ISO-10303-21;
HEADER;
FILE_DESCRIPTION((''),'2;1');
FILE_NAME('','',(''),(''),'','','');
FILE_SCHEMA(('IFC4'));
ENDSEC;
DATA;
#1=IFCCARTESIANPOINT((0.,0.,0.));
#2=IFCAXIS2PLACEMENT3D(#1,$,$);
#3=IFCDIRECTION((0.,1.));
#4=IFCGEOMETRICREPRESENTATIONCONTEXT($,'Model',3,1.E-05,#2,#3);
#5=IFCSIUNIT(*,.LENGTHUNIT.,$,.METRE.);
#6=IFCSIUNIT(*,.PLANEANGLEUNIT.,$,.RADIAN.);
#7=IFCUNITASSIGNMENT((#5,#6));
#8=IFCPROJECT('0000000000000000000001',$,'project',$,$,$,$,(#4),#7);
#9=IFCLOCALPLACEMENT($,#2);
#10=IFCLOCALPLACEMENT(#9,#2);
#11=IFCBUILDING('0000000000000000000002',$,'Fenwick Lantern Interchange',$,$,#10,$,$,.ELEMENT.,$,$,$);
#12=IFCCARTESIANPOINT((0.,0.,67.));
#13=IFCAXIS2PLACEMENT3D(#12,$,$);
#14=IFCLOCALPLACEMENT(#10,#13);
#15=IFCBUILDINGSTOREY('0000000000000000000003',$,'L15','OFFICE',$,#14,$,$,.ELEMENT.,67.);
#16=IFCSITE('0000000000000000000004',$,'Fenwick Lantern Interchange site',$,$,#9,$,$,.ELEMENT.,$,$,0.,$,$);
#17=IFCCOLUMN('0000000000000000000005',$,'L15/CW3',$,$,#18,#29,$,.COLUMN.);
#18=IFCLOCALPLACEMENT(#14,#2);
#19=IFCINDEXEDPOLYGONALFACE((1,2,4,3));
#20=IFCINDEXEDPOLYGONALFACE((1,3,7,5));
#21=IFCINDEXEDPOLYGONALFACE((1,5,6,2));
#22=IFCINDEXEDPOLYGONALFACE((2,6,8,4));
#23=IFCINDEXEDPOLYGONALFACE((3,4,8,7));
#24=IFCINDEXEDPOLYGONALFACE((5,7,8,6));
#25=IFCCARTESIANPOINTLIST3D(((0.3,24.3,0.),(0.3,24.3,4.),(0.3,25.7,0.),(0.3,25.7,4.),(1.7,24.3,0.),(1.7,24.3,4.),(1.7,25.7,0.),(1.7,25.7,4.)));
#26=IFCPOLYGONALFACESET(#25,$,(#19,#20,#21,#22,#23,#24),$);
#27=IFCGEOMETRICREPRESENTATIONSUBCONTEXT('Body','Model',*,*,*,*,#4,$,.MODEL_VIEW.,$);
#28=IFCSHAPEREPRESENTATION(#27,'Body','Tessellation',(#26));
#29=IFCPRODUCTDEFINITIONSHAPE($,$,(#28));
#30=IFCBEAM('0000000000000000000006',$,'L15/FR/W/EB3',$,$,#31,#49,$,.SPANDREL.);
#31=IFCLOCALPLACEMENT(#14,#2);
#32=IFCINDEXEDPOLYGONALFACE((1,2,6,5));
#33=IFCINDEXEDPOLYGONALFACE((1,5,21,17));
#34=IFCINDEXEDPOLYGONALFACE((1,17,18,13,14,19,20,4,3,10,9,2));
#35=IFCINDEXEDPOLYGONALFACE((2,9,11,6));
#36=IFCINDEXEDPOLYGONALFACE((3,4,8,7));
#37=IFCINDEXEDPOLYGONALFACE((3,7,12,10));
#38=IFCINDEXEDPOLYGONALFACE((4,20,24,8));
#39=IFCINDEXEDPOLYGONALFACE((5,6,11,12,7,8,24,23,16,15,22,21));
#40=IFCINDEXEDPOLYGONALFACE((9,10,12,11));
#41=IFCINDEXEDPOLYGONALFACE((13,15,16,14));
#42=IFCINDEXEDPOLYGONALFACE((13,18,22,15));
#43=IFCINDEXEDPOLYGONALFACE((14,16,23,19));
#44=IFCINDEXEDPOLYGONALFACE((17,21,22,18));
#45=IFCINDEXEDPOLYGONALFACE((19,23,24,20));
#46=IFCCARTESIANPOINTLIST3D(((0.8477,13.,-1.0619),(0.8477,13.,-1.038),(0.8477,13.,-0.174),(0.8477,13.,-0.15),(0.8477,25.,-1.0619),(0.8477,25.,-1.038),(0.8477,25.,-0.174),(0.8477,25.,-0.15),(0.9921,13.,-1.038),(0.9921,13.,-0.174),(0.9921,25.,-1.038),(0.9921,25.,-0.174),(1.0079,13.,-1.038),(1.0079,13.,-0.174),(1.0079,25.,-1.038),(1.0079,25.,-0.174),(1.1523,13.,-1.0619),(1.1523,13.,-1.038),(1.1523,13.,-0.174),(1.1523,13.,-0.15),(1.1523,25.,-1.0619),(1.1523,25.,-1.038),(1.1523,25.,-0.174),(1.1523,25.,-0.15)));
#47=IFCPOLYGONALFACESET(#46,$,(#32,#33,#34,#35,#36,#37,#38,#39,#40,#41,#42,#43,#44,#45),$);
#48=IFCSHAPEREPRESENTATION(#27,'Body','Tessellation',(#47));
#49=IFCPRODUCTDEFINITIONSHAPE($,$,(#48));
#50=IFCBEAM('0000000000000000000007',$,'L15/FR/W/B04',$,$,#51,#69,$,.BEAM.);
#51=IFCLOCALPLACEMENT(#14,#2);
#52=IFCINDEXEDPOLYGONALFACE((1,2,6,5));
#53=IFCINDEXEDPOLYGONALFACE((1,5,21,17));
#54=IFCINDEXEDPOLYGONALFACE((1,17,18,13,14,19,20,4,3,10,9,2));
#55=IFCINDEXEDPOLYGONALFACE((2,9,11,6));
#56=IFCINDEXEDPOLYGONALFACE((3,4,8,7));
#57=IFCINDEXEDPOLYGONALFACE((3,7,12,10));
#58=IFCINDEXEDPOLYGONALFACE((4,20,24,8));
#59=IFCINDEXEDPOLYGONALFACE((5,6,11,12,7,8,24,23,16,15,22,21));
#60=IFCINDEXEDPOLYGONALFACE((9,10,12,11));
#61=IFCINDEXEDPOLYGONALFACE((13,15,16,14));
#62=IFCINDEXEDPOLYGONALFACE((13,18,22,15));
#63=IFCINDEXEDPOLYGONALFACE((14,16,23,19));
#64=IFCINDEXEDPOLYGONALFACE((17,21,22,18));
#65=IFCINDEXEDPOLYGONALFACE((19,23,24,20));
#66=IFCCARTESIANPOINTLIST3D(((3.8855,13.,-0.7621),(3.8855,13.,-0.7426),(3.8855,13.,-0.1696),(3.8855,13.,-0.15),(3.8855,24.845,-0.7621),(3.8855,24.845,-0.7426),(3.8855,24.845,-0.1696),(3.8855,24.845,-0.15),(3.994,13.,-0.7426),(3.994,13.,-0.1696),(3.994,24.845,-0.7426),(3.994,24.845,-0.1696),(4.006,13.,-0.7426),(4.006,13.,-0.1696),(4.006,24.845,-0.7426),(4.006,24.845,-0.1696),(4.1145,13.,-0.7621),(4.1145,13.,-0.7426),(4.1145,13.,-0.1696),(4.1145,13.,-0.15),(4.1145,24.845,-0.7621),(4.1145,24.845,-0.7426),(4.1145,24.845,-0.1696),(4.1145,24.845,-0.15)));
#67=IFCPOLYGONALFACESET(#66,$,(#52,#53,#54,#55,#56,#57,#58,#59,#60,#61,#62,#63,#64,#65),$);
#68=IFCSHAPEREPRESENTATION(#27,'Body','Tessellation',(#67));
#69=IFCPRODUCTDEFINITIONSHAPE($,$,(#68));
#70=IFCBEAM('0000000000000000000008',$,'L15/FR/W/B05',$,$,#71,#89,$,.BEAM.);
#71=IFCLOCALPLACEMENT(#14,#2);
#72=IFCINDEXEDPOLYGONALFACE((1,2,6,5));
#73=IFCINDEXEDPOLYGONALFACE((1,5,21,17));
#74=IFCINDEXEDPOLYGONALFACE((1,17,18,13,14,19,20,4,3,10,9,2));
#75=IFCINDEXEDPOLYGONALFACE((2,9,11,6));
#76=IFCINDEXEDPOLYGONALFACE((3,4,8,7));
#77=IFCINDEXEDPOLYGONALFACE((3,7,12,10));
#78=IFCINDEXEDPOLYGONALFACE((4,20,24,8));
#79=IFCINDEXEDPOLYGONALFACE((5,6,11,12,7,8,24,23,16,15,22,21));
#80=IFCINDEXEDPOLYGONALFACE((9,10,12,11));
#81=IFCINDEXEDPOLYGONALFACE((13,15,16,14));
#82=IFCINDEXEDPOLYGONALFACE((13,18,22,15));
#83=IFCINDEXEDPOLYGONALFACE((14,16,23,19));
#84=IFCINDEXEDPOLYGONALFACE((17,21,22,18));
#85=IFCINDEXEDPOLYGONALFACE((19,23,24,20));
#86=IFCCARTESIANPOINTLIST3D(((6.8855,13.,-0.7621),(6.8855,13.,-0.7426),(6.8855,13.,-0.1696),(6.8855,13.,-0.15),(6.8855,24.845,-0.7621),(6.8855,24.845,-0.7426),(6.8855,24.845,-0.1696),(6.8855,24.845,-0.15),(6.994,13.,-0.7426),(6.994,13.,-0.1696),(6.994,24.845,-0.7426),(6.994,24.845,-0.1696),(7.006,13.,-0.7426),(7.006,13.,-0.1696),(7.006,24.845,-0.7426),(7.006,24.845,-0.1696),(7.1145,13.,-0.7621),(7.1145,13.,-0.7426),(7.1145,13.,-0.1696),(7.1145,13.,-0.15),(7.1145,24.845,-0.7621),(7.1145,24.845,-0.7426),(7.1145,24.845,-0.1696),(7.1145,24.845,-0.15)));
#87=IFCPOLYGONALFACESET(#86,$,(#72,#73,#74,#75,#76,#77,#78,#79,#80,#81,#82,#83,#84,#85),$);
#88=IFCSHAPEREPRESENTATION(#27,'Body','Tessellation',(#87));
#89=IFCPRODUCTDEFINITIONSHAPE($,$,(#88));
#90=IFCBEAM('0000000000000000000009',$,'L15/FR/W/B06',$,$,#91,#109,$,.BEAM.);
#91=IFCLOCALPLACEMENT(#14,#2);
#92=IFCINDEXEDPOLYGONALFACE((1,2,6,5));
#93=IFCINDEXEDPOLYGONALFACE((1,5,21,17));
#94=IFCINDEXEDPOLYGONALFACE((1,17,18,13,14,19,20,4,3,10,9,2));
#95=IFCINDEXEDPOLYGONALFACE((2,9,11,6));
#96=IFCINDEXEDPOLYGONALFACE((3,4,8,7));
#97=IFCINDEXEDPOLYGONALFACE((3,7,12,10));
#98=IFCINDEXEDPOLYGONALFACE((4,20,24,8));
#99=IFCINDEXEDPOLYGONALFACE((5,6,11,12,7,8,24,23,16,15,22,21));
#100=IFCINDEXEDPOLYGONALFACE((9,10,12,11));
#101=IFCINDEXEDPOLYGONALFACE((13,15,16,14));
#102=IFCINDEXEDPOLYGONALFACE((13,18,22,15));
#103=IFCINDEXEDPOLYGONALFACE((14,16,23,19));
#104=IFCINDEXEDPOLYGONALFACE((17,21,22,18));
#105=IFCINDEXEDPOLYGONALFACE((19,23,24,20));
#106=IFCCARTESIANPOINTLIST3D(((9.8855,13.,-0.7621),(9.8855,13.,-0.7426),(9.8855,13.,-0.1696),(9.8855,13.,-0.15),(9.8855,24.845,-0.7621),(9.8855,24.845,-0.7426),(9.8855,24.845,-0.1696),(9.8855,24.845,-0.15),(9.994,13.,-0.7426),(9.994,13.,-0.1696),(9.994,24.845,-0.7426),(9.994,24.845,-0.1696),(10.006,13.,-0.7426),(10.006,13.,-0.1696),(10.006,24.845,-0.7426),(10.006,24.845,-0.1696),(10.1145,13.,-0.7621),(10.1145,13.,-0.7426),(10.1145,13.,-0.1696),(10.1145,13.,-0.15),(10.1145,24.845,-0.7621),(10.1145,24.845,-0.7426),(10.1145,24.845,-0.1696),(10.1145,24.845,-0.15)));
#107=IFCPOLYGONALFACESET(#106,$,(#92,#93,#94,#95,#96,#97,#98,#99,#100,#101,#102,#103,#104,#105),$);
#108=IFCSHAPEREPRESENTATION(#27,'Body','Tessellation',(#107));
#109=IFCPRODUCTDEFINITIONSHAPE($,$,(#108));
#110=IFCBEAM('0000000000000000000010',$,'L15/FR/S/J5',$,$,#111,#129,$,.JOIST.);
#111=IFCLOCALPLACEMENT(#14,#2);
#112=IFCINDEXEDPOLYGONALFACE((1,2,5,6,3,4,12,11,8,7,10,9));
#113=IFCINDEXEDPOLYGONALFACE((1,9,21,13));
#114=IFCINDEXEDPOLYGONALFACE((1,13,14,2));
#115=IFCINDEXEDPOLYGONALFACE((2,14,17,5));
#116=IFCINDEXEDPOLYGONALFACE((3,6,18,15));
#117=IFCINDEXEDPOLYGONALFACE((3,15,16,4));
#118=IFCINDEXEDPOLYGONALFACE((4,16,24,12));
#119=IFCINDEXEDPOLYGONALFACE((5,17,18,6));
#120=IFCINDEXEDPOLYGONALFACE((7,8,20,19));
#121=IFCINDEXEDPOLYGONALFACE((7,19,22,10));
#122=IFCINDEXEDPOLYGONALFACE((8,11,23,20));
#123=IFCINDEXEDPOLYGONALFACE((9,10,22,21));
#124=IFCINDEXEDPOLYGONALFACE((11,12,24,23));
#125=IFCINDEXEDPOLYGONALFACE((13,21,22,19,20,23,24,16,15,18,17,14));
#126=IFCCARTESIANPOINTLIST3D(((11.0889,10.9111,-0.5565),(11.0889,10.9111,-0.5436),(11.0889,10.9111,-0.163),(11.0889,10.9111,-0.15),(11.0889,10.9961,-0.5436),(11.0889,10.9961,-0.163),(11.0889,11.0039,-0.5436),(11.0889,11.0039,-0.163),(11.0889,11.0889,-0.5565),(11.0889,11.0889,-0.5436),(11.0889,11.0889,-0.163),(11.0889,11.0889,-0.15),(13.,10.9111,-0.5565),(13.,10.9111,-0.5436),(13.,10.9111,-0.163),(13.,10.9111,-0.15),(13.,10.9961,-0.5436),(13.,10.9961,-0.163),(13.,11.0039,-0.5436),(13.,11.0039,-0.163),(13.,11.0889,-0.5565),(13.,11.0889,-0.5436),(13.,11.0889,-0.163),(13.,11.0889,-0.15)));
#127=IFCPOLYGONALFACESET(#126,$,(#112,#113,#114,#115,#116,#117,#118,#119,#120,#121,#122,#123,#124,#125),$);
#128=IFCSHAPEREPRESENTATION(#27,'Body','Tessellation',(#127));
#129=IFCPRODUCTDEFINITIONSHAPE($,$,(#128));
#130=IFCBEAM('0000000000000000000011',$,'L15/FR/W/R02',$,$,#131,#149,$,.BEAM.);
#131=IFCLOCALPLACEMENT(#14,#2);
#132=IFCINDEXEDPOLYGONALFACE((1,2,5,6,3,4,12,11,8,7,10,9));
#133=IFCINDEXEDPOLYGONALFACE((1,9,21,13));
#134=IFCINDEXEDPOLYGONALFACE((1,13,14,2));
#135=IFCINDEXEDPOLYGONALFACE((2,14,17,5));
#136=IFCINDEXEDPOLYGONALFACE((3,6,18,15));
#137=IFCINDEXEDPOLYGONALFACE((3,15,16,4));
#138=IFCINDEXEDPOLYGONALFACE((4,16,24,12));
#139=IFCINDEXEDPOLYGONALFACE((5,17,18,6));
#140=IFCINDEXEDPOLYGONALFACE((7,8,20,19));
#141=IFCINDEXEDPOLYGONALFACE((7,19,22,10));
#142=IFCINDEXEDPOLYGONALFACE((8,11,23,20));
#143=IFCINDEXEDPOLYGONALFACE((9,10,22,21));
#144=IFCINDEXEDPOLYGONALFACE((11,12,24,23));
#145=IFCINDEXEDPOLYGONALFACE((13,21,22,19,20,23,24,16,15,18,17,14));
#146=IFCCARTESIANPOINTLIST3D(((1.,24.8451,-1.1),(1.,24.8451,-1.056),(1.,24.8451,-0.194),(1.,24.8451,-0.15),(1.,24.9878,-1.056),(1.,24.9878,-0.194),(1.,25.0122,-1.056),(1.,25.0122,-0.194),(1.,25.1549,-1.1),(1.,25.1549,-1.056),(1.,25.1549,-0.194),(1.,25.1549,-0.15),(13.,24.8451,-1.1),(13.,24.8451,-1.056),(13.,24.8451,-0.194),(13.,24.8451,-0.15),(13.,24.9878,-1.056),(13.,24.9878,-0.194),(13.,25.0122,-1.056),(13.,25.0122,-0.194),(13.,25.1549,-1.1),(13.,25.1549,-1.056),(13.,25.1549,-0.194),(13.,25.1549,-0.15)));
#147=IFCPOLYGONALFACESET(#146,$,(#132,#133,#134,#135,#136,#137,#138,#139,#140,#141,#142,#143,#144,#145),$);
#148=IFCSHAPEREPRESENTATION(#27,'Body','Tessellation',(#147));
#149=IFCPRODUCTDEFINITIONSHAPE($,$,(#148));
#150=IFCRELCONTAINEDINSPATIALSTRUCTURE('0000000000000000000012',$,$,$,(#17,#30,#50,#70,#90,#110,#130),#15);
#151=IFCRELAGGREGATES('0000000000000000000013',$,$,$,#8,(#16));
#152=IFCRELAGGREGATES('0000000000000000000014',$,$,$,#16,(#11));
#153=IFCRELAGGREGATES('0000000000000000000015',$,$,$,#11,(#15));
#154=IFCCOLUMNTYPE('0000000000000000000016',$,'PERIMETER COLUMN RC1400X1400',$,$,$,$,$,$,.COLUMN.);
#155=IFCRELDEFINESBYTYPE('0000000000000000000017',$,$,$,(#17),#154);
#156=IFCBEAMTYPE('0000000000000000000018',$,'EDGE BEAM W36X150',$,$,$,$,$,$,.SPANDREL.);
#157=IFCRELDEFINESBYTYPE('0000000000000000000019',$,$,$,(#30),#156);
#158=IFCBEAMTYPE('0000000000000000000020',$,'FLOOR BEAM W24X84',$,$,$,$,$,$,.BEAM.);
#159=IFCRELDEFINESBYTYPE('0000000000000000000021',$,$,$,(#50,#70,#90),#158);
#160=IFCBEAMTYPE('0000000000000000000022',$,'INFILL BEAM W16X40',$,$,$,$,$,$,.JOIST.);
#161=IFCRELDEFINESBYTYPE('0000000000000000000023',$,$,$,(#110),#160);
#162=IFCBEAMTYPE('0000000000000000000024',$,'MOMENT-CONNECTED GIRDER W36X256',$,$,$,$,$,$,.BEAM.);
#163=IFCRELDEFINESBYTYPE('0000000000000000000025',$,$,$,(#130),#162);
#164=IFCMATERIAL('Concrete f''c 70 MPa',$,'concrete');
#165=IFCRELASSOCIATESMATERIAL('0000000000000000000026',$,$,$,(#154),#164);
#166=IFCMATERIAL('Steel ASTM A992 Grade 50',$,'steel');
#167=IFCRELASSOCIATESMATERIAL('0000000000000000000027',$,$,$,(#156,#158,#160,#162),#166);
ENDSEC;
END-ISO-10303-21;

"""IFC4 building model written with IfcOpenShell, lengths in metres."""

from ifc_helpers import new_model, si_unit, direction, frame, origin, origin_2d, place, context, subcontext, project, spatial, rectangle, i_section, extrude, material, material_profile, profile_set, type_object, element, save


model = new_model("IFC4")

# Units and contexts
model_context = context("Model", 3, precision=1e-05, world=origin(), true_north=direction((0.0, 1.0)))
body_context = subcontext(model_context, "Body", "Model", "MODEL_VIEW")
ifc_project = project(units=[si_unit("LENGTHUNIT", "METRE"), si_unit("PLANEANGLEUNIT", "RADIAN")], contexts=[model_context])

# Site, building, storey
site_placement = place(None, origin())
site = spatial("IfcSite", under=ifc_project, at=site_placement, Name="Fenwick Lantern Interchange site", CompositionType="ELEMENT", RefElevation=0.0)
building_placement = place(site_placement, origin())
building = spatial("IfcBuilding", under=site, at=building_placement, Name="Fenwick Lantern Interchange", CompositionType="ELEMENT")
storey_placement = place(building_placement, frame((0.0, 0.0, 67.0)))
storey = spatial("IfcBuildingStorey", under=building, at=storey_placement, Name="L15", Description="OFFICE", CompositionType="ELEMENT", Elevation=67.0)

# Column
ifc_material_1 = material(Name="Concrete f'c 70 MPa", Category="concrete")
ifc_material_profile_1 = material_profile(ifc_material_1, rectangle(XDim=1.3999, YDim=1.3999, at=origin_2d()), Name="RC1400X1400")
ifc_profile_set_1 = profile_set([ifc_material_profile_1], Name="Concrete f'c 70 MPa")
column_type = type_object("IfcColumnType", Name="PERIMETER COLUMN RC1400X1400", PredefinedType="COLUMN", material=ifc_profile_set_1)
column_placement = place(storey_placement, frame((1.0, 25.0, 0.0), z_axis=(0.0, 0.0, 1.0), x_axis=(1.0, 0.0, 0.0)))
element("IfcColumn", 1, at=column_placement, inside=storey, type_object=column_type, Name="L15/CW3", PredefinedType="COLUMN", context=body_context, shape_type="SweptSolid", body=[
    extrude(rectangle(XDim=1.3999, YDim=1.3999, at=origin_2d()), origin(), (0.0, 0.0, 1.0), 4.0),
])

# Beams
ifc_material_2 = material(Name="Steel ASTM A992 Grade 50", Category="steel")
ifc_material_profile_2 = material_profile(ifc_material_2, i_section(OverallWidth=0.3047, OverallDepth=0.9119, WebThickness=0.0159, FlangeThickness=0.0239, at=origin_2d()), Name="W36X150")
ifc_profile_set_2 = profile_set([ifc_material_profile_2], Name="Steel ASTM A992 Grade 50")
beam_type_1 = type_object("IfcBeamType", Name="EDGE BEAM W36X150", PredefinedType="SPANDREL", material=ifc_profile_set_2)
beam_1_placement = place(storey_placement, frame((1.0, 25.0, -0.606), z_axis=(0.0, -1.0, 0.0), x_axis=(1.0, 0.0, 0.0)))
element("IfcBeam", 2, at=beam_1_placement, inside=storey, type_object=beam_type_1, Name="L15/FR/W/EB3", PredefinedType="SPANDREL", context=body_context, shape_type="SweptSolid", body=[
    extrude(i_section(OverallWidth=0.3047, OverallDepth=0.9119, WebThickness=0.0159, FlangeThickness=0.0239, at=origin_2d()), origin(), (0.0, 0.0, 1.0), 12.0),
])
ifc_material_profile_3 = material_profile(ifc_material_2, i_section(OverallWidth=0.229, OverallDepth=0.6121, WebThickness=0.012, FlangeThickness=0.0195, at=origin_2d()), Name="W24X84")
ifc_profile_set_3 = profile_set([ifc_material_profile_3], Name="Steel ASTM A992 Grade 50")
beam_type_2 = type_object("IfcBeamType", Name="FLOOR BEAM W24X84", PredefinedType="BEAM", material=ifc_profile_set_3)
for number, where, z_axis, x_axis, name in (
    (3, (4.0, 24.845, -0.4561), (0.0, -1.0, 0.0), (1.0, 0.0, 0.0), "L15/FR/W/B04"),
    (4, (7.0, 24.845, -0.4561), (0.0, -1.0, 0.0), (1.0, 0.0, 0.0), "L15/FR/W/B05"),
    (5, (10.0, 24.845, -0.4561), (0.0, -1.0, 0.0), (1.0, 0.0, 0.0), "L15/FR/W/B06"),
):
    element("IfcBeam", number, at=place(storey_placement, frame(where, z_axis=z_axis, x_axis=x_axis)), inside=storey, type_object=beam_type_2, Name=name, PredefinedType="BEAM", context=body_context, shape_type="SweptSolid", body=[
        extrude(i_section(OverallWidth=0.229, OverallDepth=0.6121, WebThickness=0.012, FlangeThickness=0.0195, at=origin_2d()), origin(), (0.0, 0.0, 1.0), 11.845),
    ])
ifc_material_profile_4 = material_profile(ifc_material_2, i_section(OverallWidth=0.1777, OverallDepth=0.4065, WebThickness=0.0078, FlangeThickness=0.0129, at=origin_2d()), Name="W16X40")
ifc_profile_set_4 = profile_set([ifc_material_profile_4], Name="Steel ASTM A992 Grade 50")
beam_type_3 = type_object("IfcBeamType", Name="INFILL BEAM W16X40", PredefinedType="JOIST", material=ifc_profile_set_4)
beam_2_placement = place(storey_placement, frame((11.0889, 11.0, -0.3533), z_axis=(1.0, 0.0, 0.0), x_axis=(0.0, 1.0, 0.0)))
element("IfcBeam", 6, at=beam_2_placement, inside=storey, type_object=beam_type_3, Name="L15/FR/S/J5", PredefinedType="JOIST", context=body_context, shape_type="SweptSolid", body=[
    extrude(i_section(OverallWidth=0.1777, OverallDepth=0.4065, WebThickness=0.0078, FlangeThickness=0.0129, at=origin_2d()), origin(), (0.0, 0.0, 1.0), 1.9111),
])
ifc_material_profile_5 = material_profile(ifc_material_2, i_section(OverallWidth=0.3098, OverallDepth=0.95, WebThickness=0.0244, FlangeThickness=0.0439, at=origin_2d()), Name="W36X256")
ifc_profile_set_5 = profile_set([ifc_material_profile_5], Name="Steel ASTM A992 Grade 50")
beam_type_4 = type_object("IfcBeamType", Name="MOMENT-CONNECTED GIRDER W36X256", PredefinedType="BEAM", material=ifc_profile_set_5)
beam_3_placement = place(storey_placement, frame((1.0, 25.0, -0.625), z_axis=(1.0, 0.0, 0.0), x_axis=(0.0, 1.0, 0.0)))
element("IfcBeam", 7, at=beam_3_placement, inside=storey, type_object=beam_type_4, Name="L15/FR/W/R02", PredefinedType="BEAM", context=body_context, shape_type="SweptSolid", body=[
    extrude(i_section(OverallWidth=0.3098, OverallDepth=0.95, WebThickness=0.0244, FlangeThickness=0.0439, at=origin_2d()), origin(), (0.0, 0.0, 1.0), 12.0),
])

save(model, "model.ifc")
